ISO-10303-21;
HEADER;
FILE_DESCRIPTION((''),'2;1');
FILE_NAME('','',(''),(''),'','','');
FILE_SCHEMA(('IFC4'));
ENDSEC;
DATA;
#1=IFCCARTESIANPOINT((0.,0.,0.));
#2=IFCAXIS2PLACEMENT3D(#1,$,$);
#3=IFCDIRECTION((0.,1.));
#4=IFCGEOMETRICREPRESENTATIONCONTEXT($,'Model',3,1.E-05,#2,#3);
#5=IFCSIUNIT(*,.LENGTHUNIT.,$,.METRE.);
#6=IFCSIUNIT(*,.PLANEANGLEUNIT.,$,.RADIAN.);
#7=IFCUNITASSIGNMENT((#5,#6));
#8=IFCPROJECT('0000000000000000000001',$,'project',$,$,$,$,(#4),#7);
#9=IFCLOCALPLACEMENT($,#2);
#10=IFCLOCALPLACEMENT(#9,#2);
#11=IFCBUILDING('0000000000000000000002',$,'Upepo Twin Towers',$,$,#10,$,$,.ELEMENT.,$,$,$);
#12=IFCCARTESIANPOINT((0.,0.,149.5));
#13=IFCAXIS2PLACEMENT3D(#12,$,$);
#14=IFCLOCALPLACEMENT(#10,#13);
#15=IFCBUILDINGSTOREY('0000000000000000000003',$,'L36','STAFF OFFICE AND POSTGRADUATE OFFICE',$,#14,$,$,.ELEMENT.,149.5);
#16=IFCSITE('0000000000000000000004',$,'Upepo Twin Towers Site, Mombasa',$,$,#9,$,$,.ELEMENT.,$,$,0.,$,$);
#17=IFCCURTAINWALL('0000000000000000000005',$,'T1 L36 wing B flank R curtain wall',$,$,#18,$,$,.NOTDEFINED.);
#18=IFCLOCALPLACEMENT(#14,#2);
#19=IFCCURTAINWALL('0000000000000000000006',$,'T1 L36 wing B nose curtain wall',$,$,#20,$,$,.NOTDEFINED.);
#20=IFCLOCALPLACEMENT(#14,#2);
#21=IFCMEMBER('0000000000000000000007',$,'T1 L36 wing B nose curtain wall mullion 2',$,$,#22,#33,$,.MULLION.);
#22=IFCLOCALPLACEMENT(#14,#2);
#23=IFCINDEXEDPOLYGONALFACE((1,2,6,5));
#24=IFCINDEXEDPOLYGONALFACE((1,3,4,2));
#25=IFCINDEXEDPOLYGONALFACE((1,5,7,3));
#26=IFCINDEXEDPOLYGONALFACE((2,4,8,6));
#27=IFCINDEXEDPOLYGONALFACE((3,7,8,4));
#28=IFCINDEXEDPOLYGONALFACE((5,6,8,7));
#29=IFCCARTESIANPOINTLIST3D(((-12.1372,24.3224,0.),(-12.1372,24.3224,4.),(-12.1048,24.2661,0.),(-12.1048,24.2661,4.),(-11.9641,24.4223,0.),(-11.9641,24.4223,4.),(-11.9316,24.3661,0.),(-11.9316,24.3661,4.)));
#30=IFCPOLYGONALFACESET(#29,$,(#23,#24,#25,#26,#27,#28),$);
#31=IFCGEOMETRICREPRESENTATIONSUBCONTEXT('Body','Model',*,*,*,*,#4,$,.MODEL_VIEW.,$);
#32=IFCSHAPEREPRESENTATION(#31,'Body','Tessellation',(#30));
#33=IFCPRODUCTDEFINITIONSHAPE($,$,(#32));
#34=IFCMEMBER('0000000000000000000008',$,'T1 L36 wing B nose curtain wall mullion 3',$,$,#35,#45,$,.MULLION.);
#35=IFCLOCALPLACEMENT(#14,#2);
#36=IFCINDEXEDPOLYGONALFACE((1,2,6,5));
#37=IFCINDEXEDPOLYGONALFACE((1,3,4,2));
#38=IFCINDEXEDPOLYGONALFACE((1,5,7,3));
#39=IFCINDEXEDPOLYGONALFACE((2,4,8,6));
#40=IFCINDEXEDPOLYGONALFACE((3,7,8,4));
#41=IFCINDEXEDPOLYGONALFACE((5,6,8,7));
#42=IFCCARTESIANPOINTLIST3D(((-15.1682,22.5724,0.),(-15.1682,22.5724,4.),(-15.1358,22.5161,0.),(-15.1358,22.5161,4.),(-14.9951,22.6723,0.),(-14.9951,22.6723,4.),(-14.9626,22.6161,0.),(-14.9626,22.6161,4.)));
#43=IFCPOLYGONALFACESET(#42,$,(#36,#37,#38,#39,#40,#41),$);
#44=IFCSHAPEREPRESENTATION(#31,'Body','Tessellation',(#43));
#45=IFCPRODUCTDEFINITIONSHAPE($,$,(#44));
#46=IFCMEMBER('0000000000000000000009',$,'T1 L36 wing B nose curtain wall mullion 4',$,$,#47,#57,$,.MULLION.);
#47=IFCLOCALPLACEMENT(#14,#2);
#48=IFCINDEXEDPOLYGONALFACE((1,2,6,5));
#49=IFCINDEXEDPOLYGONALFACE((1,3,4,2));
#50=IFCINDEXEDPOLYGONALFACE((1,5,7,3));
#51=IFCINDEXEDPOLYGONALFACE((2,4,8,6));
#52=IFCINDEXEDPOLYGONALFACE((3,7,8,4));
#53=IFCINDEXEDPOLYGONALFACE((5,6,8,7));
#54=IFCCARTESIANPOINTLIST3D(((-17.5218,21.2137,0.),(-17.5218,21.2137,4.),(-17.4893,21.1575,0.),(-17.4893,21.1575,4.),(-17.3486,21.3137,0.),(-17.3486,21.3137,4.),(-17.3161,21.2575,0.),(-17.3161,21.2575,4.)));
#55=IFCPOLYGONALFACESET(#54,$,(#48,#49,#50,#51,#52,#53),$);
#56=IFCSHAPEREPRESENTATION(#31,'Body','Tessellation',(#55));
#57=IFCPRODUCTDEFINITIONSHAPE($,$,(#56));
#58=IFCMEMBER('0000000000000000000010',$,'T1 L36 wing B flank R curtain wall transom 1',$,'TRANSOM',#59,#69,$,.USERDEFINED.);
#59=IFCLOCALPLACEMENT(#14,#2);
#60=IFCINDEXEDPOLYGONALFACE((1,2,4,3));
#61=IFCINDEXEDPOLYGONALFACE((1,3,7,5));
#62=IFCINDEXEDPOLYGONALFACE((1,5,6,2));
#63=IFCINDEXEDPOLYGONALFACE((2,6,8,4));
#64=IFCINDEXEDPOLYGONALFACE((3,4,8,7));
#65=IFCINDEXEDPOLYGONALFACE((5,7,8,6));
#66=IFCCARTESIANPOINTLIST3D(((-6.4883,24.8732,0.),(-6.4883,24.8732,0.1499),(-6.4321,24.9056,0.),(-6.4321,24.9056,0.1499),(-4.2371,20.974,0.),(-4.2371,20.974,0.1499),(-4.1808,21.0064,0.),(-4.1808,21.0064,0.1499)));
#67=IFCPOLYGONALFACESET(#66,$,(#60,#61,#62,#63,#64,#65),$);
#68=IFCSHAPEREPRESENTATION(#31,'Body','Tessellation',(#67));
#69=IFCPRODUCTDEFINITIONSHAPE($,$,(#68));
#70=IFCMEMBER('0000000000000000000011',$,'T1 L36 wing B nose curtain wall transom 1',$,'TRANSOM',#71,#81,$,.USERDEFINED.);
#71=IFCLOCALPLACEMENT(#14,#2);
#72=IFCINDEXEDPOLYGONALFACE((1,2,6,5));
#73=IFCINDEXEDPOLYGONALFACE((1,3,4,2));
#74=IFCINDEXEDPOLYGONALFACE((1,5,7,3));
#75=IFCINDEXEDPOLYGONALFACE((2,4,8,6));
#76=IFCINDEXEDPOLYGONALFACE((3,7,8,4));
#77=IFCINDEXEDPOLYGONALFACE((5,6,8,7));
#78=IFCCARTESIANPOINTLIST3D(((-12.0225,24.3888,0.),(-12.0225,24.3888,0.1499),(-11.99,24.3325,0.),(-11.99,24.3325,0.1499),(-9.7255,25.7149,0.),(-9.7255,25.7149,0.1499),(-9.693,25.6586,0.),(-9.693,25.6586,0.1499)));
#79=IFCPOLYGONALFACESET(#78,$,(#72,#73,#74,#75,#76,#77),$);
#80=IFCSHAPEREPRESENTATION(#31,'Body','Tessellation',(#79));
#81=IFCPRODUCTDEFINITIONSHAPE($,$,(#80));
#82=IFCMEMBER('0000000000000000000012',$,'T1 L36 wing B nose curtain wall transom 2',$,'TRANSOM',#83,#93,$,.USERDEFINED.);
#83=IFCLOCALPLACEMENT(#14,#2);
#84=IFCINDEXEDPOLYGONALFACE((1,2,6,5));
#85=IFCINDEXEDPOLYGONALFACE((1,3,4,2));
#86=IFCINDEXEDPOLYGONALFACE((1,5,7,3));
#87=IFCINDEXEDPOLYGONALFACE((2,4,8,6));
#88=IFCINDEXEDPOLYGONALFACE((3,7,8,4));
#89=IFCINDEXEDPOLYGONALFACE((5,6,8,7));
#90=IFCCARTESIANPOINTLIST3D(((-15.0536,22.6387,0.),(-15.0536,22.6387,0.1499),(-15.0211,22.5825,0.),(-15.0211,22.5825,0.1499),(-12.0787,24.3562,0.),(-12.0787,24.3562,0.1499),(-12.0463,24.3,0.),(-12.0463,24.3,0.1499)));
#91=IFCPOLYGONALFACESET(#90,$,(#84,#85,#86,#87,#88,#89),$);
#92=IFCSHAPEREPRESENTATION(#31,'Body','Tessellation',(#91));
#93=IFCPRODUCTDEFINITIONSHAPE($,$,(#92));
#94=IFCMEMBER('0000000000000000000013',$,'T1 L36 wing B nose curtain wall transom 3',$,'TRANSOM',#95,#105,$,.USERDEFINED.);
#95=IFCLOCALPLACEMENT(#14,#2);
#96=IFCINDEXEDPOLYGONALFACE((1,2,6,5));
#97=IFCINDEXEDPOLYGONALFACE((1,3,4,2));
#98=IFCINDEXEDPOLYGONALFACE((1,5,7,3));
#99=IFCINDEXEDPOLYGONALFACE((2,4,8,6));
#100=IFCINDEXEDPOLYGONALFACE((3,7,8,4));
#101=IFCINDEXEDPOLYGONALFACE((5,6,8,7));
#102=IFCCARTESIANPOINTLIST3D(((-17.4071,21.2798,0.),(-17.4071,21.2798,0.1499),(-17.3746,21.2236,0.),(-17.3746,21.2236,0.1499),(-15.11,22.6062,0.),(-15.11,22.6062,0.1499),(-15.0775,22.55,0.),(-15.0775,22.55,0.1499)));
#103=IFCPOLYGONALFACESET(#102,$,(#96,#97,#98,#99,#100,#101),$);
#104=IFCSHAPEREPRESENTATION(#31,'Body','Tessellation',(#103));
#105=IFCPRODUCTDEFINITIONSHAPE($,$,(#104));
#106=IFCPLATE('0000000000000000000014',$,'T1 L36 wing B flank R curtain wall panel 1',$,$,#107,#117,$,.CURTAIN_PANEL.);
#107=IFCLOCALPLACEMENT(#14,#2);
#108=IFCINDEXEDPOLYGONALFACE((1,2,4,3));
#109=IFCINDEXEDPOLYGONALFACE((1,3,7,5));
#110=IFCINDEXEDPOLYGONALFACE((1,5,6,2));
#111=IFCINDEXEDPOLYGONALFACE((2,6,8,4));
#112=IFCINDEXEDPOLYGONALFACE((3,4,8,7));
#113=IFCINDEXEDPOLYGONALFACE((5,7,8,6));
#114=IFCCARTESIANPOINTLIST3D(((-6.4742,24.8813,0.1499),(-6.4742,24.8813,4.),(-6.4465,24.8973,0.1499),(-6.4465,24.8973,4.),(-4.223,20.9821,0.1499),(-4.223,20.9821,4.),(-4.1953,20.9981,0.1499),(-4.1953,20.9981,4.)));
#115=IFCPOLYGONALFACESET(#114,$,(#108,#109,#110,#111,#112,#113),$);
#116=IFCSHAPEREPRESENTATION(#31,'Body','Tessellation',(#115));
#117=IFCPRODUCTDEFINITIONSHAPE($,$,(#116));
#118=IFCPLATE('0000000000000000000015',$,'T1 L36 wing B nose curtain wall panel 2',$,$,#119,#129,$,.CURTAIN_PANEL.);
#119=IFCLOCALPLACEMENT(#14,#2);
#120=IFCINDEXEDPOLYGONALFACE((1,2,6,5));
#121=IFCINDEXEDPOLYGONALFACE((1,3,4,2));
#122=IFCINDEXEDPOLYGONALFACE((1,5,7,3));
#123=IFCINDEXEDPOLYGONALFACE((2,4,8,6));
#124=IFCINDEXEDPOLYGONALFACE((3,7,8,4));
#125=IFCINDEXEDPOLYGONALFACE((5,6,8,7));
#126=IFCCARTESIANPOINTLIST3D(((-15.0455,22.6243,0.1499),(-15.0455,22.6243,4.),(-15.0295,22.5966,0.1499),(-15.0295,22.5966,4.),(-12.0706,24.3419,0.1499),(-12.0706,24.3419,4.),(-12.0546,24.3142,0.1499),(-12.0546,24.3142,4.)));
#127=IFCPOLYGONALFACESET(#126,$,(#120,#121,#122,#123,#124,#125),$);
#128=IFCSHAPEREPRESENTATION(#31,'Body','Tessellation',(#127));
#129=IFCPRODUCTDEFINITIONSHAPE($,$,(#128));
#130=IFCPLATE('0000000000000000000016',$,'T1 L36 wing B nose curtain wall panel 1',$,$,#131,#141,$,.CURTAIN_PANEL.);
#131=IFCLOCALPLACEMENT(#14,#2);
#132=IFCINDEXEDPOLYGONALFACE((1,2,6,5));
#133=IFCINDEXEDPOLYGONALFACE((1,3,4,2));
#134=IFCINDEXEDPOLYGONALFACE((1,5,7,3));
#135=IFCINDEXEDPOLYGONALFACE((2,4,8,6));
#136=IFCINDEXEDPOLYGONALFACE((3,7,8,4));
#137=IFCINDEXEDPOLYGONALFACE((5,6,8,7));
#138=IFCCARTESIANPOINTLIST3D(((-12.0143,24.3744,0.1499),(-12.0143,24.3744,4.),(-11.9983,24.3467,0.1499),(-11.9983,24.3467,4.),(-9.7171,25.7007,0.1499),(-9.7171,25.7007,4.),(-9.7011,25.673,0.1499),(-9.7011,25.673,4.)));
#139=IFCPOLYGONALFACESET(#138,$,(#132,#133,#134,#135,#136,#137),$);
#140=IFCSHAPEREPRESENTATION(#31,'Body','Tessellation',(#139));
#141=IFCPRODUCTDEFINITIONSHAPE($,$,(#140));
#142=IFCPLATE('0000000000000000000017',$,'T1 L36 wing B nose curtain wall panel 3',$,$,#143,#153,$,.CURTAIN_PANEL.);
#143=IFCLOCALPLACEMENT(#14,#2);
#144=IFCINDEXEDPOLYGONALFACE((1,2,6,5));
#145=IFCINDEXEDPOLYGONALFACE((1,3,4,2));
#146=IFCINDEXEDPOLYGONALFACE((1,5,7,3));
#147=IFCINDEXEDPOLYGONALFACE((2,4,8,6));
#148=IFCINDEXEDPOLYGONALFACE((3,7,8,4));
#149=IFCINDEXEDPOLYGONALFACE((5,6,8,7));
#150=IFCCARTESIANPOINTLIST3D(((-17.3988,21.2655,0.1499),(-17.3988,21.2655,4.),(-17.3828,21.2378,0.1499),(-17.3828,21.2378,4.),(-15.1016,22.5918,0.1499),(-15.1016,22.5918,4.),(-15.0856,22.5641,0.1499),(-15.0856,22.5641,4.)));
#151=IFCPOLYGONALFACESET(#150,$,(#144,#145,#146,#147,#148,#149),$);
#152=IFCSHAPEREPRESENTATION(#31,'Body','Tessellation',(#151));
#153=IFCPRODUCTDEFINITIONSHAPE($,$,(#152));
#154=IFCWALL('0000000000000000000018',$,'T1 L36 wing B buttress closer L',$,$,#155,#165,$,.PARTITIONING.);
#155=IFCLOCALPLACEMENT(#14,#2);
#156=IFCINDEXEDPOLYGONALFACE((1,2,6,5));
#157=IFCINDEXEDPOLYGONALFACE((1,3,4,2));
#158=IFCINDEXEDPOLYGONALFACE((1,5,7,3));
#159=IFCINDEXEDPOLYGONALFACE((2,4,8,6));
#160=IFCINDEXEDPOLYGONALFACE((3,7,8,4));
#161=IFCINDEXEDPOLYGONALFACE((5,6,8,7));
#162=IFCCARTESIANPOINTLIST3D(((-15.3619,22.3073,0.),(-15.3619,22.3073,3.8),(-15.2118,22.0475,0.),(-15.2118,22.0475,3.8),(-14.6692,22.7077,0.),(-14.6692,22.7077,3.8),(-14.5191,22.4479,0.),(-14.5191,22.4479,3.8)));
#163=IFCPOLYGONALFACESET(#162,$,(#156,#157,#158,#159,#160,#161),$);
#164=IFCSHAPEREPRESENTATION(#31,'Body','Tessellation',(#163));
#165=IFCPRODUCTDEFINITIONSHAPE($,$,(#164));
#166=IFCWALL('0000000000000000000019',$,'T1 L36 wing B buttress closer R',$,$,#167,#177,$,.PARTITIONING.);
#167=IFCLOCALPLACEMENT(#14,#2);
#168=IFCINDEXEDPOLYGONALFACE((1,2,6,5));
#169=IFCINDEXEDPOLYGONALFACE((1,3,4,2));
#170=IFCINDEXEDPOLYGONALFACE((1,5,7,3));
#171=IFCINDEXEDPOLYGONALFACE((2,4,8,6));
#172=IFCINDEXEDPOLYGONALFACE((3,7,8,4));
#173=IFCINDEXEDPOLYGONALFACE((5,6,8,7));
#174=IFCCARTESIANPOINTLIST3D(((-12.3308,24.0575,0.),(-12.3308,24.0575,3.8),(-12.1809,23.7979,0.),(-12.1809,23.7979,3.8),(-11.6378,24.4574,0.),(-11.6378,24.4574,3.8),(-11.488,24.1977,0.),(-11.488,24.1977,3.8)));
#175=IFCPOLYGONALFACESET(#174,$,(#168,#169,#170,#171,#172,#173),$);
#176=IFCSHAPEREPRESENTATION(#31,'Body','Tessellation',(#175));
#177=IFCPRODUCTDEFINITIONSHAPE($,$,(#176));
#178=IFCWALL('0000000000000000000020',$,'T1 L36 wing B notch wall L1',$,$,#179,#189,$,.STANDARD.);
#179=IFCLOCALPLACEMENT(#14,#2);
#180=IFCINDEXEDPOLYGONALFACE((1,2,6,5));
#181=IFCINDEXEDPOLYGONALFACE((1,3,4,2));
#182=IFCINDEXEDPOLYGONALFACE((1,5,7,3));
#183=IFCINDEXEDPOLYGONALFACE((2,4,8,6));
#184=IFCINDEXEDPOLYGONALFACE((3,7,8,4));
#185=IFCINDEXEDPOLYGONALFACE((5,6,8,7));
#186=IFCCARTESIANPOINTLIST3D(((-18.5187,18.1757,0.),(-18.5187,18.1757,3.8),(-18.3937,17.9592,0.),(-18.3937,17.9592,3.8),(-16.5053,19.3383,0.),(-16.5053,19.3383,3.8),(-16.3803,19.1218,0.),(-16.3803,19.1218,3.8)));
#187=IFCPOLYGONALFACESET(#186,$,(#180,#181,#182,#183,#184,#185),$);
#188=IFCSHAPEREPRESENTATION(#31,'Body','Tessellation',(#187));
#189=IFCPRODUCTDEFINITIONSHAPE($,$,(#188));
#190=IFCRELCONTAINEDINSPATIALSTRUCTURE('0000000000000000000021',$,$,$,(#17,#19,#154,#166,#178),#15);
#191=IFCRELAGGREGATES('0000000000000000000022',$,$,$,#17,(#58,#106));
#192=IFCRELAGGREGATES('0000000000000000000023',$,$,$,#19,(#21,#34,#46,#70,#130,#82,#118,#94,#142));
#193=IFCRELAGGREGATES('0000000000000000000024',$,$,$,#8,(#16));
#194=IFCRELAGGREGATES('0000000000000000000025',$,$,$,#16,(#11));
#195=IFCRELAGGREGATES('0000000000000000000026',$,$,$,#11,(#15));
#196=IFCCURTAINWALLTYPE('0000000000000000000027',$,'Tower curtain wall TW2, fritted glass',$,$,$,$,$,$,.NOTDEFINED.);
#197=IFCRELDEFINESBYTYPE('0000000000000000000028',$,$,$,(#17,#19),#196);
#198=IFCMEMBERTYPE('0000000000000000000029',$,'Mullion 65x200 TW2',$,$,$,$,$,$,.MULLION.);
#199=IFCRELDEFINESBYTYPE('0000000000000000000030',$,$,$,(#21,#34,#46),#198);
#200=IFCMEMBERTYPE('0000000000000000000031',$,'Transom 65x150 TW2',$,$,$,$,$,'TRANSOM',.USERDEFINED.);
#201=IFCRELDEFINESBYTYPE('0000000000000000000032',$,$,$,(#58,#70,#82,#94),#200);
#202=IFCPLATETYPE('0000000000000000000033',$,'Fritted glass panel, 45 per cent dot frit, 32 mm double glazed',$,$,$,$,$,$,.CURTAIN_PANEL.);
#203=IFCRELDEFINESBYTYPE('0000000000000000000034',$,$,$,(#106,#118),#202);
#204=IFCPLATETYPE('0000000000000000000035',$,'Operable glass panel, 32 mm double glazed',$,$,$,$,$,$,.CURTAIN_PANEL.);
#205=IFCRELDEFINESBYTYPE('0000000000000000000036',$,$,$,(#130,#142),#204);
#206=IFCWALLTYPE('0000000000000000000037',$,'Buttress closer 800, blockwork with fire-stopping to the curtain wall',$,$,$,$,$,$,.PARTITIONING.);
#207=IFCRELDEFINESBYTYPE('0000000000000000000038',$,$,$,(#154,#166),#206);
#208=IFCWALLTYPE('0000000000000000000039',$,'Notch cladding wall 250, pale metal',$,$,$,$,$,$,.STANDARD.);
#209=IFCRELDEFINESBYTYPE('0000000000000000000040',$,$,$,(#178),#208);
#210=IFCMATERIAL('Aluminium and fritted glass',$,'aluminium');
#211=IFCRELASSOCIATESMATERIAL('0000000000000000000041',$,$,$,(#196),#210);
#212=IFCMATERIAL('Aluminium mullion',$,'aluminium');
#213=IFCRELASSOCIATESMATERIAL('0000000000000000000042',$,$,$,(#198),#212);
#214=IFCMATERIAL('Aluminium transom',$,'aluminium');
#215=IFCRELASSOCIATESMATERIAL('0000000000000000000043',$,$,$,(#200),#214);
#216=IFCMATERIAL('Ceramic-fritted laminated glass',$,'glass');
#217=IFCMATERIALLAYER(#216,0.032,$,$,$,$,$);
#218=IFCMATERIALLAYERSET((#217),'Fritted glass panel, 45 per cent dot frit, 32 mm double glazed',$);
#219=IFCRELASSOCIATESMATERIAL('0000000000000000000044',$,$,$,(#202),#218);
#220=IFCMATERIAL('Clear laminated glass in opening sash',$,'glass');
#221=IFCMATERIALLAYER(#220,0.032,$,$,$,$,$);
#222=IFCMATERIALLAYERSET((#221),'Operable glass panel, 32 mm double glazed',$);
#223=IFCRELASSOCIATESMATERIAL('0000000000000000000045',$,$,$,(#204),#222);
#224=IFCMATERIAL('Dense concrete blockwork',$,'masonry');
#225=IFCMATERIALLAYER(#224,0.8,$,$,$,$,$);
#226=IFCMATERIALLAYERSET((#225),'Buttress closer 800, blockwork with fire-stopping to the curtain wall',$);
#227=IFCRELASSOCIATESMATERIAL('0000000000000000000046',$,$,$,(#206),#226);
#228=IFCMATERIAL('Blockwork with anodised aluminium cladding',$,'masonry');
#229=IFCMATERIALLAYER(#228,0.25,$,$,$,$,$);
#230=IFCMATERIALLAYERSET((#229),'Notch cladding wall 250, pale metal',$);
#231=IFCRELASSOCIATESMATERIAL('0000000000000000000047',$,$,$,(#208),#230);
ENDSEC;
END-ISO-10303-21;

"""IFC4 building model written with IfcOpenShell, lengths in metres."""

from ifc_helpers import new_model, si_unit, direction, frame, frame_2d, origin, origin_2d, place, context, subcontext, project, spatial, rectangle, extrude, material, layer, layer_set, material_profile, profile_set, type_object, element, aggregate, save


model = new_model("IFC4")

# Units and contexts
model_context = context("Model", 3, precision=1e-05, world=origin(), true_north=direction((0.0, 1.0)))
body_context = subcontext(model_context, "Body", "Model", "MODEL_VIEW")
ifc_project = project(units=[si_unit("LENGTHUNIT", "METRE"), si_unit("PLANEANGLEUNIT", "RADIAN")], contexts=[model_context])

# Site, building, storey
site_placement = place(None, origin())
site = spatial("IfcSite", under=ifc_project, at=site_placement, Name="Upepo Twin Towers Site, Mombasa", CompositionType="ELEMENT", RefElevation=0.0)
building_placement = place(site_placement, origin())
building = spatial("IfcBuilding", under=site, at=building_placement, Name="Upepo Twin Towers", CompositionType="ELEMENT")
storey_placement = place(building_placement, frame((0.0, 0.0, 149.5)))
storey = spatial("IfcBuildingStorey", under=building, at=storey_placement, Name="L36", Description="STAFF OFFICE AND POSTGRADUATE OFFICE", CompositionType="ELEMENT", Elevation=149.5)

# Shared definitions
ifc_material_1 = material(Name="Aluminium and fritted glass", Category="aluminium")
curtain_wall_type = type_object("IfcCurtainWallType", Name="Tower curtain wall TW2, fritted glass", PredefinedType="NOTDEFINED", material=ifc_material_1)
ifc_material_2 = material(Name="Aluminium mullion", Category="aluminium")
ifc_material_profile_1 = material_profile(ifc_material_2, rectangle(XDim=0.0649, YDim=0.2, at=origin_2d()), Name="MULLION 65x200")
ifc_profile_set_1 = profile_set([ifc_material_profile_1], Name="Aluminium mullion")
member_type_1 = type_object("IfcMemberType", Name="Mullion 65x200 TW2", PredefinedType="MULLION", material=ifc_profile_set_1)

# Curtain walls, members
curtain_wall_1_placement = place(storey_placement, origin())
curtain_wall_1 = element("IfcCurtainWall", 1, at=curtain_wall_1_placement, inside=storey, type_object=curtain_wall_type, Name="T1 L36 wing B flank R curtain wall", PredefinedType="NOTDEFINED")
curtain_wall_2_placement = place(storey_placement, origin())
curtain_wall_2 = element("IfcCurtainWall", 2, at=curtain_wall_2_placement, inside=storey, type_object=curtain_wall_type, Name="T1 L36 wing B nose curtain wall", PredefinedType="NOTDEFINED")
member_1_placement = place(storey_placement, frame((-12.0344, 24.3442, 0.0), z_axis=(0.0, 0.0, 1.0), x_axis=(0.5, -0.866025, 0.0)))
member_1 = element("IfcMember", 3, at=member_1_placement, type_object=member_type_1, Name="T1 L36 wing B nose curtain wall mullion 2", PredefinedType="MULLION", context=body_context, shape_type="SweptSolid", body=[
    extrude(rectangle(XDim=0.0649, YDim=0.2, at=origin_2d()), origin(), (0.0, 0.0, 1.0), 4.0),
])
member_2_placement = place(storey_placement, frame((-15.0654, 22.5942, 0.0), z_axis=(0.0, 0.0, 1.0), x_axis=(0.5, -0.866025, 0.0)))
member_2 = element("IfcMember", 4, at=member_2_placement, type_object=member_type_1, Name="T1 L36 wing B nose curtain wall mullion 3", PredefinedType="MULLION", context=body_context, shape_type="SweptSolid", body=[
    extrude(rectangle(XDim=0.0649, YDim=0.2, at=origin_2d()), origin(), (0.0, 0.0, 1.0), 4.0),
])
member_3_placement = place(storey_placement, frame((-17.4189, 21.2356, 0.0), z_axis=(0.0, 0.0, 1.0), x_axis=(0.5, -0.866025, 0.0)))
member_3 = element("IfcMember", 5, at=member_3_placement, type_object=member_type_1, Name="T1 L36 wing B nose curtain wall mullion 4", PredefinedType="MULLION", context=body_context, shape_type="SweptSolid", body=[
    extrude(rectangle(XDim=0.0649, YDim=0.2, at=origin_2d()), origin(), (0.0, 0.0, 1.0), 4.0),
])

# Members
ifc_material_3 = material(Name="Aluminium transom", Category="aluminium")
ifc_material_profile_2 = material_profile(ifc_material_3, rectangle(XDim=0.0649, YDim=0.1499, at=origin_2d()), Name="TRANSOM 65x150")
ifc_profile_set_2 = profile_set([ifc_material_profile_2], Name="Aluminium transom")
member_type_2 = type_object("IfcMemberType", Name="Transom 65x150 TW2", ElementType="TRANSOM", PredefinedType="USERDEFINED", material=ifc_profile_set_2)
member_4_placement = place(storey_placement, frame((-6.4602, 24.8894, 0.075), z_axis=(0.500006, -0.866022, 0.0), x_axis=(0.866022, 0.500006, 0.0)))
member_4 = element("IfcMember", 6, at=member_4_placement, type_object=member_type_2, Name="T1 L36 wing B flank R curtain wall transom 1", ObjectType="TRANSOM", PredefinedType="USERDEFINED", context=body_context, shape_type="SweptSolid", body=[
    extrude(rectangle(XDim=0.0649, YDim=0.1499, at=origin_2d()), origin(), (0.0, 0.0, 1.0), 4.5024),
])
member_5_placement = place(storey_placement, frame((-9.7092, 25.6868, 0.075), z_axis=(-0.866037, -0.49998, 0.0), x_axis=(0.49998, -0.866037, 0.0)))
member_5 = element("IfcMember", 7, at=member_5_placement, type_object=member_type_2, Name="T1 L36 wing B nose curtain wall transom 1", ObjectType="TRANSOM", PredefinedType="USERDEFINED", context=body_context, shape_type="SweptSolid", body=[
    extrude(rectangle(XDim=0.0649, YDim=0.1499, at=origin_2d()), origin(), (0.0, 0.0, 1.0), 2.6523),
])
member_6_placement = place(storey_placement, frame((-12.0625, 24.3281, 0.075), z_axis=(-0.866026, -0.499999, 0.0), x_axis=(0.499999, -0.866026, 0.0)))
member_6 = element("IfcMember", 8, at=member_6_placement, type_object=member_type_2, Name="T1 L36 wing B nose curtain wall transom 2", ObjectType="TRANSOM", PredefinedType="USERDEFINED", context=body_context, shape_type="SweptSolid", body=[
    extrude(rectangle(XDim=0.0649, YDim=0.1499, at=origin_2d()), origin(), (0.0, 0.0, 1.0), 3.4351),
])
member_7_placement = place(storey_placement, frame((-15.0938, 22.5781, 0.075), z_axis=(-0.865997, -0.500049, 0.0), x_axis=(0.500049, -0.865997, 0.0)))
member_7 = element("IfcMember", 9, at=member_7_placement, type_object=member_type_2, Name="T1 L36 wing B nose curtain wall transom 3", ObjectType="TRANSOM", PredefinedType="USERDEFINED", context=body_context, shape_type="SweptSolid", body=[
    extrude(rectangle(XDim=0.0649, YDim=0.1499, at=origin_2d()), origin(), (0.0, 0.0, 1.0), 2.6526),
])

# Plates
ifc_material_4 = material(Name="Ceramic-fritted laminated glass", Category="glass")
ifc_layer_1 = layer(ifc_material_4, 0.032)
ifc_layer_set_1 = layer_set([ifc_layer_1], Name="Fritted glass panel, 45 per cent dot frit, 32 mm double glazed")
plate_type_1 = type_object("IfcPlateType", Name="Fritted glass panel, 45 per cent dot frit, 32 mm double glazed", PredefinedType="CURTAIN_PANEL", material=ifc_layer_set_1)
plate_1_placement = place(storey_placement, frame((-5.3347, 22.9397, 0.1499), z_axis=(0.0, 0.0, 1.0), x_axis=(0.5, -0.866025, 0.0)))
plate_1 = element("IfcPlate", 10, at=plate_1_placement, type_object=plate_type_1, Name="T1 L36 wing B flank R curtain wall panel 1", PredefinedType="CURTAIN_PANEL", context=body_context, shape_type="SweptSolid", body=[
    extrude(rectangle(XDim=4.5024, YDim=0.032, at=origin_2d()), origin(), (0.0, 0.0, 1.0), 3.8501),
])
aggregate(curtain_wall_1, [member_4, plate_1])
plate_2_placement = place(storey_placement, frame((-13.55, 23.4692, 0.1499), z_axis=(0.0, 0.0, 1.0), x_axis=(-0.866025, -0.5, 0.0)))
plate_2 = element("IfcPlate", 11, at=plate_2_placement, type_object=plate_type_1, Name="T1 L36 wing B nose curtain wall panel 2", PredefinedType="CURTAIN_PANEL", context=body_context, shape_type="SweptSolid", body=[
    extrude(rectangle(XDim=3.4351, YDim=0.032, at=origin_2d()), origin(), (0.0, 0.0, 1.0), 3.8501),
])
ifc_material_5 = material(Name="Clear laminated glass in opening sash", Category="glass")
ifc_layer_2 = layer(ifc_material_5, 0.032)
ifc_layer_set_2 = layer_set([ifc_layer_2], Name="Operable glass panel, 32 mm double glazed")
plate_type_2 = type_object("IfcPlateType", Name="Operable glass panel, 32 mm double glazed", PredefinedType="CURTAIN_PANEL", material=ifc_layer_set_2)
plate_3_placement = place(storey_placement, frame((-10.8577, 25.0237, 0.1499), z_axis=(0.0, 0.0, 1.0), x_axis=(-0.866025, -0.5, 0.0)))
plate_3 = element("IfcPlate", 12, at=plate_3_placement, type_object=plate_type_2, Name="T1 L36 wing B nose curtain wall panel 1", PredefinedType="CURTAIN_PANEL", context=body_context, shape_type="SweptSolid", body=[
    extrude(rectangle(XDim=2.6526, YDim=0.032, at=origin_2d()), origin(), (0.0, 0.0, 1.0), 3.8501),
])
plate_4_placement = place(storey_placement, frame((-16.2422, 21.9148, 0.1499), z_axis=(0.0, 0.0, 1.0), x_axis=(-0.866025, -0.5, 0.0)))
plate_4 = element("IfcPlate", 13, at=plate_4_placement, type_object=plate_type_2, Name="T1 L36 wing B nose curtain wall panel 3", PredefinedType="CURTAIN_PANEL", context=body_context, shape_type="SweptSolid", body=[
    extrude(rectangle(XDim=2.6526, YDim=0.032, at=origin_2d()), origin(), (0.0, 0.0, 1.0), 3.8501),
])
aggregate(curtain_wall_2, [member_1, member_2, member_3, member_5, plate_3, member_6, plate_2, member_7, plate_4])

# Walls
ifc_material_6 = material(Name="Dense concrete blockwork", Category="masonry")
ifc_layer_3 = layer(ifc_material_6, 0.8)
ifc_layer_set_3 = layer_set([ifc_layer_3], Name="Buttress closer 800, blockwork with fire-stopping to the curtain wall")
wall_type_1 = type_object("IfcWallType", Name="Buttress closer 800, blockwork with fire-stopping to the curtain wall", PredefinedType="PARTITIONING", material=ifc_layer_set_3)
wall_1_placement = place(storey_placement, frame((-14.8655, 22.2478, 0.0), z_axis=(0.0, 0.0, 1.0), x_axis=(-0.500427, 0.865779, 0.0)))
element("IfcWall", 14, at=wall_1_placement, inside=storey, type_object=wall_type_1, Name="T1 L36 wing B buttress closer L", PredefinedType="PARTITIONING", context=body_context, shape_type="SweptSolid", body=[
    extrude(rectangle(XDim=0.3, YDim=0.8, at=frame_2d((0.1499, 0.0))), origin(), (0.0, 0.0, 1.0), 3.8),
])
wall_2_placement = place(storey_placement, frame((-11.8345, 23.9978, 0.0), z_axis=(0.0, 0.0, 1.0), x_axis=(-0.499816, 0.866131, 0.0)))
element("IfcWall", 15, at=wall_2_placement, inside=storey, type_object=wall_type_1, Name="T1 L36 wing B buttress closer R", PredefinedType="PARTITIONING", context=body_context, shape_type="SweptSolid", body=[
    extrude(rectangle(XDim=0.2998, YDim=0.8, at=frame_2d((0.1499, 0.0))), origin(), (0.0, 0.0, 1.0), 3.8),
])
ifc_material_7 = material(Name="Blockwork with anodised aluminium cladding", Category="masonry")
ifc_layer_4 = layer(ifc_material_7, 0.25)
ifc_layer_set_4 = layer_set([ifc_layer_4], Name="Notch cladding wall 250, pale metal")
wall_type_2 = type_object("IfcWallType", Name="Notch cladding wall 250, pale metal", PredefinedType="STANDARD", material=ifc_layer_set_4)
for number, where, z_axis, x_axis, name in (
    (16, (-18.4563, 18.0674, 0.0), (0.0, 0.0, 1.0), (0.865998, 0.500047, 0.0), "T1 L36 wing B notch wall L1"),
):
    element("IfcWall", number, at=place(storey_placement, frame(where, z_axis=z_axis, x_axis=x_axis)), inside=storey, type_object=wall_type_2, Name=name, PredefinedType="STANDARD", context=body_context, shape_type="SweptSolid", body=[
        extrude(rectangle(XDim=2.325, YDim=0.25, at=frame_2d((1.1626, 0.0))), origin(), (0.0, 0.0, 1.0), 3.8),
    ])

save(model, "model.ifc")
